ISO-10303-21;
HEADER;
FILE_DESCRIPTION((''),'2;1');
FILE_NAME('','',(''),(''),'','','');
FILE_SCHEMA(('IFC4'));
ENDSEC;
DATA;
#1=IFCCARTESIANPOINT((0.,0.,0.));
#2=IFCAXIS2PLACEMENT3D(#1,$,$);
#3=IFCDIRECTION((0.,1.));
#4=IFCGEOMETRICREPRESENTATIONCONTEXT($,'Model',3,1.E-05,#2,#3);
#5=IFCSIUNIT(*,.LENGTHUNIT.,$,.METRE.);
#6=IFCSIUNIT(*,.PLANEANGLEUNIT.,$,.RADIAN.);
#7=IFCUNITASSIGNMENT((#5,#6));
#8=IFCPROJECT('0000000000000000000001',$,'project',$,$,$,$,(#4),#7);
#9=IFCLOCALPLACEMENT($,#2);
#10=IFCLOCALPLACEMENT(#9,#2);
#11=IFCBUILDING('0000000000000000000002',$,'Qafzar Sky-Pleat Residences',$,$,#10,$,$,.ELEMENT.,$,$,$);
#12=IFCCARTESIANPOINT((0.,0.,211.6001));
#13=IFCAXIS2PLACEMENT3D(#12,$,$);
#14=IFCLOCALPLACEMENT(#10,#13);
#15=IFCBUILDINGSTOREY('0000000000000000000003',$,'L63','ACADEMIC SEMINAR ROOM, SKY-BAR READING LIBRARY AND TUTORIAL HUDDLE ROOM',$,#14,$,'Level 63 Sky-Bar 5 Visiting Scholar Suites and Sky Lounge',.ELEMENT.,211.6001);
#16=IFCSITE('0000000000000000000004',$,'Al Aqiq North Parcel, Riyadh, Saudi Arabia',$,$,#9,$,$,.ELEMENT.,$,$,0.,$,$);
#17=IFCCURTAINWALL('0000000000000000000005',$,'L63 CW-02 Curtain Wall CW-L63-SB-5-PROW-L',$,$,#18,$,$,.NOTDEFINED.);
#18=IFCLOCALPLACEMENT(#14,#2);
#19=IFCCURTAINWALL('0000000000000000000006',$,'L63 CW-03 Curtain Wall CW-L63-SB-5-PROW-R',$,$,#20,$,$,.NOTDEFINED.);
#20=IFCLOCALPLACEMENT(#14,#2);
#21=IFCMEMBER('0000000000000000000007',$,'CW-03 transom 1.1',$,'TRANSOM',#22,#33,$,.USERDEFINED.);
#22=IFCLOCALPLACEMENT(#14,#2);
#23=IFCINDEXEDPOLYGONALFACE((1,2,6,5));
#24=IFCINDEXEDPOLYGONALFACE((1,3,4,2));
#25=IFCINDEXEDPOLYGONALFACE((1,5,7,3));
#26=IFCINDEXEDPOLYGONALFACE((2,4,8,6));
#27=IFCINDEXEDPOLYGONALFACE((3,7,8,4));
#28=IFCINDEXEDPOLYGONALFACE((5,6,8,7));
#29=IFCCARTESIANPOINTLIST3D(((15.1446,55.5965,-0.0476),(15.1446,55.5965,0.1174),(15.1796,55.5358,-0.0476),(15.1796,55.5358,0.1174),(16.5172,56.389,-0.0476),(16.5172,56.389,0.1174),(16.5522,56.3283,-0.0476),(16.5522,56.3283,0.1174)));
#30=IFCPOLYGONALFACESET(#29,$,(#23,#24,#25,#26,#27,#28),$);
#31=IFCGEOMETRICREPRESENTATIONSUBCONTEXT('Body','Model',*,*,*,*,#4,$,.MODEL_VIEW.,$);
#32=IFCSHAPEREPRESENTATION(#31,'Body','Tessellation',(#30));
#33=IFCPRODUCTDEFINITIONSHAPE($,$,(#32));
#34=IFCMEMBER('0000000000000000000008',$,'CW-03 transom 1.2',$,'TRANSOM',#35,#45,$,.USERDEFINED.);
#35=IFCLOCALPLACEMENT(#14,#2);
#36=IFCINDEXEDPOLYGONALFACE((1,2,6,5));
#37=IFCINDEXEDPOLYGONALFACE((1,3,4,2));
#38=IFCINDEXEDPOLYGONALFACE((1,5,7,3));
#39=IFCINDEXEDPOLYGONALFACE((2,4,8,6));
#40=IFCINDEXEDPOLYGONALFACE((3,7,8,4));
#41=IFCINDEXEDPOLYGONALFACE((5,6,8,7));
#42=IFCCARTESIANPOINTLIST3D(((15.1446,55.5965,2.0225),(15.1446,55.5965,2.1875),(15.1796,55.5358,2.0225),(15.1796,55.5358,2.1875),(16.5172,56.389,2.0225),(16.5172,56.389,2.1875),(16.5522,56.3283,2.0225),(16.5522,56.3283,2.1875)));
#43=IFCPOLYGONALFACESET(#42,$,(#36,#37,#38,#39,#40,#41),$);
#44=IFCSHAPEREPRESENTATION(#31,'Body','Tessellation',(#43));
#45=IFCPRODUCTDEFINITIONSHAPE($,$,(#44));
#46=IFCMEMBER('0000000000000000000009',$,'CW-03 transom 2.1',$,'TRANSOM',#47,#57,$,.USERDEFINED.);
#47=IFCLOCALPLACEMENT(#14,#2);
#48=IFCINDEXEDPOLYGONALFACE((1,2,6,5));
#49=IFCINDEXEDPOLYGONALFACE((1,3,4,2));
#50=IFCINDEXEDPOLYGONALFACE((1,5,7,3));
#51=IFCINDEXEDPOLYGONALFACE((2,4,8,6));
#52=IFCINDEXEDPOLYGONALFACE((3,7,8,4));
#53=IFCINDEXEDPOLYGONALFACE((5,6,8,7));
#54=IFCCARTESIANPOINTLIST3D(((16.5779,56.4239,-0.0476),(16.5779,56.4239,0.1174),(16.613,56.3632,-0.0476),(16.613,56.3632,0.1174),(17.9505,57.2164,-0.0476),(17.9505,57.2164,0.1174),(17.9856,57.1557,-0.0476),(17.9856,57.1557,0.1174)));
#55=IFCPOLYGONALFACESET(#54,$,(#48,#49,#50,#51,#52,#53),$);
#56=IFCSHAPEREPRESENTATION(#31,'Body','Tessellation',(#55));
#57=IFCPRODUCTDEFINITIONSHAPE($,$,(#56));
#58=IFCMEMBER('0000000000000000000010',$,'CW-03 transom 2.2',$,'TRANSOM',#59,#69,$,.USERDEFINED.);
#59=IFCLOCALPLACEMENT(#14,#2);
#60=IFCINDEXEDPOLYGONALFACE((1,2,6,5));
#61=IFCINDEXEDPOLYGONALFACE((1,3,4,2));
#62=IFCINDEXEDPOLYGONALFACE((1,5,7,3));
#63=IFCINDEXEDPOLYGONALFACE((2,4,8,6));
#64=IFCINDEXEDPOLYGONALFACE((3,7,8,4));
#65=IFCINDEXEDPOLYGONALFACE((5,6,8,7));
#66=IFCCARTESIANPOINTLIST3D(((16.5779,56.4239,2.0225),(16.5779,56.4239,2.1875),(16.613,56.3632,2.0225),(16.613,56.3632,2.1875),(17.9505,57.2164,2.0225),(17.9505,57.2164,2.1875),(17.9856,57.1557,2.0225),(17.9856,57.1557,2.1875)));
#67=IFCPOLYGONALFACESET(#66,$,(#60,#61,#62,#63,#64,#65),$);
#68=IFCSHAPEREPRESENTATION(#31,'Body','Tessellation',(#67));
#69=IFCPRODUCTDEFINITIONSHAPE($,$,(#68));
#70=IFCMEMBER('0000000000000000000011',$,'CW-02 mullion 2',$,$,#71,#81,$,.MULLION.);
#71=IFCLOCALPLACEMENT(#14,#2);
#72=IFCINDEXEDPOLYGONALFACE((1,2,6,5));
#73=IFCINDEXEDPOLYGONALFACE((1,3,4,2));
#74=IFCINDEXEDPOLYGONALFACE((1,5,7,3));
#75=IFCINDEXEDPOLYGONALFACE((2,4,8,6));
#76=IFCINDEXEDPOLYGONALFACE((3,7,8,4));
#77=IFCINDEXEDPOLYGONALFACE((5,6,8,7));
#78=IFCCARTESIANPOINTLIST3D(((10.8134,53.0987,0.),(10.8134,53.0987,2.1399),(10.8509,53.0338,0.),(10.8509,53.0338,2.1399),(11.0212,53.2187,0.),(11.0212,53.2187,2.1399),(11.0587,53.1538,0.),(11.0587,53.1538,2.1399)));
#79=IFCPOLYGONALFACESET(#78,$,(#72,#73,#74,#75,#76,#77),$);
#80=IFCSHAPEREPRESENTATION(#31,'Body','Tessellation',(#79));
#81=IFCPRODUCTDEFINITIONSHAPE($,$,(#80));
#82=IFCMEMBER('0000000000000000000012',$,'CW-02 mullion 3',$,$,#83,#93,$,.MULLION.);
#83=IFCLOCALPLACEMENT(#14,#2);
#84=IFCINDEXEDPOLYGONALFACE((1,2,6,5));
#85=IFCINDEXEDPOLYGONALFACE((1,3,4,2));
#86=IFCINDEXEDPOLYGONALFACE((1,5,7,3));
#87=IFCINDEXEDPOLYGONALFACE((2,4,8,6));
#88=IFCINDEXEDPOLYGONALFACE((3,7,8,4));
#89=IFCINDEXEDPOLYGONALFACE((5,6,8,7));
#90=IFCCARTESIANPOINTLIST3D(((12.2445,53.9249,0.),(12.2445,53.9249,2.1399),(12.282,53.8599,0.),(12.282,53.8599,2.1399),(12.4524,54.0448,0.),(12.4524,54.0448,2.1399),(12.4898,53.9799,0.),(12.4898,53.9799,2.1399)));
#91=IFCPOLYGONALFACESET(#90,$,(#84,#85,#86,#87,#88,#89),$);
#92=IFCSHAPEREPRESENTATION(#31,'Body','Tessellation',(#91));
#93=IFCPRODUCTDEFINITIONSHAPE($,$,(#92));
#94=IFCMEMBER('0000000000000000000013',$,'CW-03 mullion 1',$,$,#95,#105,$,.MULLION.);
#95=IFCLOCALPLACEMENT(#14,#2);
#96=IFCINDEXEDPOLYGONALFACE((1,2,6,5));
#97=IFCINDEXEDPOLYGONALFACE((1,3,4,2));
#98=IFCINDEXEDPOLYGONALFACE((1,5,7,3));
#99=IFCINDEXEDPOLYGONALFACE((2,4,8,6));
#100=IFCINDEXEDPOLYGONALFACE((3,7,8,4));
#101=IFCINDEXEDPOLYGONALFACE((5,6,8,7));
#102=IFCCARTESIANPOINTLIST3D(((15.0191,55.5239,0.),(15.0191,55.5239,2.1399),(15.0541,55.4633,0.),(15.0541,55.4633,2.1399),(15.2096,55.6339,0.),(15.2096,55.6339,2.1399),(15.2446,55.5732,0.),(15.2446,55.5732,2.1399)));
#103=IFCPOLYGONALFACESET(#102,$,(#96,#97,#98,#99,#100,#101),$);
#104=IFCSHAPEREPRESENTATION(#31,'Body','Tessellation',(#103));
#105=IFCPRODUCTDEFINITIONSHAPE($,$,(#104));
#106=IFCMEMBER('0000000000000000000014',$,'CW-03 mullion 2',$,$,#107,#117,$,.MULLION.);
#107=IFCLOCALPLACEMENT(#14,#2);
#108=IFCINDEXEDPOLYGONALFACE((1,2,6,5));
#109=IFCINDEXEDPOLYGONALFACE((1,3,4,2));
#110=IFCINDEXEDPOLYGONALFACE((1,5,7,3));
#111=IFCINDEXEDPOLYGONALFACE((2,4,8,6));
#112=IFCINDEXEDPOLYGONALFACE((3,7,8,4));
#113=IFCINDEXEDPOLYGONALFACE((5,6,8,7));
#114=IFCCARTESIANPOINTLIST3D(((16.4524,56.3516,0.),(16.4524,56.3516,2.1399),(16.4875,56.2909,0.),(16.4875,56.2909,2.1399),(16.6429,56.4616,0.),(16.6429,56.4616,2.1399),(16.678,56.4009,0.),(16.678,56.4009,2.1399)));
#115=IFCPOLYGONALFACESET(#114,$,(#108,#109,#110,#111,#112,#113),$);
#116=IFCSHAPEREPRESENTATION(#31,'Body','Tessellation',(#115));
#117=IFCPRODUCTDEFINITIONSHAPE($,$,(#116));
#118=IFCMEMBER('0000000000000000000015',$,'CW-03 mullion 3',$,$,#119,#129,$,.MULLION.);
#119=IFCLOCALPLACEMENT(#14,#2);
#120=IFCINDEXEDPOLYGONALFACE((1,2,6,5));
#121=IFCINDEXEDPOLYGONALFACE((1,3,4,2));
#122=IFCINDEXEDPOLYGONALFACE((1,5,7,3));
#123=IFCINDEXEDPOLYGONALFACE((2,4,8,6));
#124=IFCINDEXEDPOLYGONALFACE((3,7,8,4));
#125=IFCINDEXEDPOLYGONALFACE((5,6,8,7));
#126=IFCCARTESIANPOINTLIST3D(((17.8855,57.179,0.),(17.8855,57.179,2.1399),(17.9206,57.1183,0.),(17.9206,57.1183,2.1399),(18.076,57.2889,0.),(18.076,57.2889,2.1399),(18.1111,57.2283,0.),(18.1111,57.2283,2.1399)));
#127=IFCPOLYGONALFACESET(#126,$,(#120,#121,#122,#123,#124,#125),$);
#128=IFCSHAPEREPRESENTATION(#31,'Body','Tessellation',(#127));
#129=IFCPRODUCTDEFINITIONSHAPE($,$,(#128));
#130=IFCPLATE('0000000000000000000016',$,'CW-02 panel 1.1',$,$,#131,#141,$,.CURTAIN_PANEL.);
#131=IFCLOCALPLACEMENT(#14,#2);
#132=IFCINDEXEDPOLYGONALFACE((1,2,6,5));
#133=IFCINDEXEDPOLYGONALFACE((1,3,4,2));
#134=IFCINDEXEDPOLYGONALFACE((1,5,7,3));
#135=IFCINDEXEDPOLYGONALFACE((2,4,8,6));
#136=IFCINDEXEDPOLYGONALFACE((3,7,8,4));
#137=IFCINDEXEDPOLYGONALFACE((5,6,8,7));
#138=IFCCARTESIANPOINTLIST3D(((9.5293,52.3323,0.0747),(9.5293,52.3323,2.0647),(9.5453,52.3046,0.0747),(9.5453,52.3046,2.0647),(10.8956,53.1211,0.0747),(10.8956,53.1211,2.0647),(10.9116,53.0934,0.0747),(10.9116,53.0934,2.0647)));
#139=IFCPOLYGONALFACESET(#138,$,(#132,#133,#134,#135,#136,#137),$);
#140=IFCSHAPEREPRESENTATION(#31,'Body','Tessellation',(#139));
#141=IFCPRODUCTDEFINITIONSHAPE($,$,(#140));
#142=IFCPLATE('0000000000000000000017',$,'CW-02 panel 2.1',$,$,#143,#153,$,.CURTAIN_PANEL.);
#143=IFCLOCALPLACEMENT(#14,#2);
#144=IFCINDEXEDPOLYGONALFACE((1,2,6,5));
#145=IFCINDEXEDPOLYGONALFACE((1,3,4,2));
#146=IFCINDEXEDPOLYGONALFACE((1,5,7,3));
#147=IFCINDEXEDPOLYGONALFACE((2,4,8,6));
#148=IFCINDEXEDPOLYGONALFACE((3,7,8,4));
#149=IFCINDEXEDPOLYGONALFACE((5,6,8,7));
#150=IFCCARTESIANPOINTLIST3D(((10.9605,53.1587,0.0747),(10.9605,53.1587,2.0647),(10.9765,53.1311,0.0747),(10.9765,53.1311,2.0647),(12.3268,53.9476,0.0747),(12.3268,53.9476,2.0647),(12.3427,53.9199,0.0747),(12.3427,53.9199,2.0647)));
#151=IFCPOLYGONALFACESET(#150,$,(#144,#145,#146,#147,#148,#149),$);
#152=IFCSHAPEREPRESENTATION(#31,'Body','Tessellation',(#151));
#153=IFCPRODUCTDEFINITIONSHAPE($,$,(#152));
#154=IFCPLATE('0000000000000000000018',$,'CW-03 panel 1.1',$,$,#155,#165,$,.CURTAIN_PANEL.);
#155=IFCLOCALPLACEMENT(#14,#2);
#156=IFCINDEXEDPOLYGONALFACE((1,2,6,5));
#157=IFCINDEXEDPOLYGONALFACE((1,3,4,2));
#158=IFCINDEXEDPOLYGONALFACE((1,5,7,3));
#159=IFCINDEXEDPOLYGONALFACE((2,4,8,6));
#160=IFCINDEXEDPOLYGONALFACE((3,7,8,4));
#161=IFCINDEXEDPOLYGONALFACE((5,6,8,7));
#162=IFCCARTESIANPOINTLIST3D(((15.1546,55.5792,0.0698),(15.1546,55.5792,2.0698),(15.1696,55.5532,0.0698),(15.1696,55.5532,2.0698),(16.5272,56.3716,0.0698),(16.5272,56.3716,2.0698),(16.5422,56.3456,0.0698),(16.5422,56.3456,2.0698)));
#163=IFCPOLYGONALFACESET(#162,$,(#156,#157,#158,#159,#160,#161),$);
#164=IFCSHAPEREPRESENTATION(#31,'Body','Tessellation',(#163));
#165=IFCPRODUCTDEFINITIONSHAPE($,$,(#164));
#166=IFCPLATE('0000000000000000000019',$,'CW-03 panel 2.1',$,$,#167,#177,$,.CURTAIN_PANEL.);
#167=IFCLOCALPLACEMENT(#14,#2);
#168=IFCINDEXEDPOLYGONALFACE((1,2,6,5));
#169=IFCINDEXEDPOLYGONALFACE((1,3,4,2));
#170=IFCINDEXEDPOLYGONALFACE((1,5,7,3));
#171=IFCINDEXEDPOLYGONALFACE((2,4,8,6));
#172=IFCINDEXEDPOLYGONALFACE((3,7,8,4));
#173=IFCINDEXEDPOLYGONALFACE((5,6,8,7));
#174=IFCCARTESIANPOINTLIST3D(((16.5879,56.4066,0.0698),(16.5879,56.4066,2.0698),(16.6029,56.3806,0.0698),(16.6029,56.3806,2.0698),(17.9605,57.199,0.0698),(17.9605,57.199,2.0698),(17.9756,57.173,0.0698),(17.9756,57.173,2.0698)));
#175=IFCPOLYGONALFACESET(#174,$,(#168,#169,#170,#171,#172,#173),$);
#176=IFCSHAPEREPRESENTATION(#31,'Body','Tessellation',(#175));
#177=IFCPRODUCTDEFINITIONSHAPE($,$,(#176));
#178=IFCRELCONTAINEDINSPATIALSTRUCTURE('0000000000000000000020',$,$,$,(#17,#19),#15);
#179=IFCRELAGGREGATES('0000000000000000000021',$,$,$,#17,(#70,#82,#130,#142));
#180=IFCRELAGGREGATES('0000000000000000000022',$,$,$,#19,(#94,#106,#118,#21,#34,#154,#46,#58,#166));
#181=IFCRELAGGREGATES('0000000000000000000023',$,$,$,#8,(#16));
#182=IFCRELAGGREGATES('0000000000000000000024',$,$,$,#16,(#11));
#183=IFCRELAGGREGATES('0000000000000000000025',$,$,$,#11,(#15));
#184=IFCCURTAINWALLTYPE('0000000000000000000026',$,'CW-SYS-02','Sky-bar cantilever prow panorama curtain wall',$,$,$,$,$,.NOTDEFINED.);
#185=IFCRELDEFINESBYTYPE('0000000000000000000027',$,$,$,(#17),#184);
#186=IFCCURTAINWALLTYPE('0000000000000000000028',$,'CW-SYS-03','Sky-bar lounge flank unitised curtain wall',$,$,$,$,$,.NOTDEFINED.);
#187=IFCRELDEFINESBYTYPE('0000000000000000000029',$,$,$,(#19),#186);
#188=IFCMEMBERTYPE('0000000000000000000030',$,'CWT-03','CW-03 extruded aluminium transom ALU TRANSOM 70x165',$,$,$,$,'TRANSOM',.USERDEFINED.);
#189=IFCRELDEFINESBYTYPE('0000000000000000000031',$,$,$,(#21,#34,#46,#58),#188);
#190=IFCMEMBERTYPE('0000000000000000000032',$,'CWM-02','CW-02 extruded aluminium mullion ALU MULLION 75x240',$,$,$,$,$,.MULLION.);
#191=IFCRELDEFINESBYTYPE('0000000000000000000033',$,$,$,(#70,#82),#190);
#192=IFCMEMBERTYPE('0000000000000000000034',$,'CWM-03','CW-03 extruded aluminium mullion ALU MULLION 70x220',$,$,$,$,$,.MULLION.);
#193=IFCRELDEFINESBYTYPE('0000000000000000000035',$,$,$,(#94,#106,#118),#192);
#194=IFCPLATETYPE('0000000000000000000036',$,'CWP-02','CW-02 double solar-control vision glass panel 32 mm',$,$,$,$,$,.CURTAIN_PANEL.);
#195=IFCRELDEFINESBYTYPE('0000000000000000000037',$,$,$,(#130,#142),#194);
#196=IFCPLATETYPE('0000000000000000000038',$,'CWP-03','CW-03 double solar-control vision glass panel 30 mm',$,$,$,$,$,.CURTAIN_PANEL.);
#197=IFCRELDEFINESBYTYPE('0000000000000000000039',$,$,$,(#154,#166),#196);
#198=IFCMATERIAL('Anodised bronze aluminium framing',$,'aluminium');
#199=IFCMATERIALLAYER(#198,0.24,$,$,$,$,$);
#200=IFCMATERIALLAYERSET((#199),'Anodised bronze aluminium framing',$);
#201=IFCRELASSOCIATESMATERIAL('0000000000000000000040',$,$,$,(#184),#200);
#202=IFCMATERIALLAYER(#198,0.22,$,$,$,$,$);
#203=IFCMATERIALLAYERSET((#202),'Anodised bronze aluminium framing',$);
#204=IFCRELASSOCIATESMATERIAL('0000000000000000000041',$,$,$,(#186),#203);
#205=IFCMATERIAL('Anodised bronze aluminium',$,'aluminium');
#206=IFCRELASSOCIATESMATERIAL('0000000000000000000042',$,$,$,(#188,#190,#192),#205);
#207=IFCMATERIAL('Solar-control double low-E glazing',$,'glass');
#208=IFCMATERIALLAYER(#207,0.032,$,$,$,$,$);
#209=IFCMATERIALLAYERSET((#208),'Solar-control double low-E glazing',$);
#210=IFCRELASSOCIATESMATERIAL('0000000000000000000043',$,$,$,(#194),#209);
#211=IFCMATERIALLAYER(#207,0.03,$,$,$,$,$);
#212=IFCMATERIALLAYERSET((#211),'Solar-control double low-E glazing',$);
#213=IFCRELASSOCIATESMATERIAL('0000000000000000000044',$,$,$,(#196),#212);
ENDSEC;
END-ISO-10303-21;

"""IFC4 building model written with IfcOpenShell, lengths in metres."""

from ifc_helpers import new_model, si_unit, direction, frame, origin, origin_2d, place, context, subcontext, project, spatial, rectangle, extrude, source, transform, mapped, material, layer, layer_set, material_profile, profile_set, type_object, element, aggregate, save


model = new_model("IFC4")

# Units and contexts
model_context = context("Model", 3, precision=1e-05, world=origin(), true_north=direction((0.0, 1.0)))
body_context = subcontext(model_context, "Body", "Model", "MODEL_VIEW")
ifc_project = project(units=[si_unit("LENGTHUNIT", "METRE"), si_unit("PLANEANGLEUNIT", "RADIAN")], contexts=[model_context])

# Site, building, storey
site_placement = place(None, origin())
site = spatial("IfcSite", under=ifc_project, at=site_placement, Name="Al Aqiq North Parcel, Riyadh, Saudi Arabia", CompositionType="ELEMENT", RefElevation=0.0)
building_placement = place(site_placement, origin())
building = spatial("IfcBuilding", under=site, at=building_placement, Name="Qafzar Sky-Pleat Residences", CompositionType="ELEMENT")
storey_placement = place(building_placement, frame((0.0, 0.0, 211.6001)))
storey = spatial("IfcBuildingStorey", under=building, at=storey_placement, Name="L63", Description="ACADEMIC SEMINAR ROOM, SKY-BAR READING LIBRARY AND TUTORIAL HUDDLE ROOM", LongName="Level 63 Sky-Bar 5 Visiting Scholar Suites and Sky Lounge", CompositionType="ELEMENT", Elevation=211.6001)

# Curtain walls, members
ifc_material_1 = material(Name="Anodised bronze aluminium framing", Category="aluminium")
ifc_layer_1 = layer(ifc_material_1, 0.24)
ifc_layer_set_1 = layer_set([ifc_layer_1], Name="Anodised bronze aluminium framing")
curtain_wall_type_1 = type_object("IfcCurtainWallType", Name="CW-SYS-02", Description="Sky-bar cantilever prow panorama curtain wall", PredefinedType="NOTDEFINED", material=ifc_layer_set_1)
curtain_wall_1_placement = place(storey_placement, origin())
curtain_wall_1 = element("IfcCurtainWall", 1, at=curtain_wall_1_placement, inside=storey, type_object=curtain_wall_type_1, Name="L63 CW-02 Curtain Wall CW-L63-SB-5-PROW-L", PredefinedType="NOTDEFINED")
ifc_material_2 = material(Name="Anodised bronze aluminium", Category="aluminium")
ifc_layer_2 = layer(ifc_material_1, 0.22)
ifc_layer_set_2 = layer_set([ifc_layer_2], Name="Anodised bronze aluminium framing")
curtain_wall_type_2 = type_object("IfcCurtainWallType", Name="CW-SYS-03", Description="Sky-bar lounge flank unitised curtain wall", PredefinedType="NOTDEFINED", material=ifc_layer_set_2)
curtain_wall_2_placement = place(storey_placement, origin())
curtain_wall_2 = element("IfcCurtainWall", 2, at=curtain_wall_2_placement, inside=storey, type_object=curtain_wall_type_2, Name="L63 CW-03 Curtain Wall CW-L63-SB-5-PROW-R", PredefinedType="NOTDEFINED")
ifc_material_profile_1 = material_profile(ifc_material_2, rectangle(XDim=0.0701, YDim=0.165, at=origin_2d()), Name="ALU TRANSOM 70x165")
ifc_profile_set_1 = profile_set([ifc_material_profile_1], Name="Anodised bronze aluminium")
member_type_1 = type_object("IfcMemberType", Name="CWT-03", Description="CW-03 extruded aluminium transom ALU TRANSOM 70x165", ElementType="TRANSOM", PredefinedType="USERDEFINED", material=ifc_profile_set_1)
shared_shape_1 = source(origin(), body_context, "Body", "SweptSolid", [
    extrude(rectangle(XDim=0.0701, YDim=0.165, at=origin_2d()), origin(), (0.0, 0.0, 1.0), 1.585),
])
member_1_placement = place(storey_placement, frame((15.1621, 55.5662, 0.0349), z_axis=(0.866016, 0.500016, 0.0), x_axis=(-0.500016, 0.866016, 0.0)))
member_1 = element("IfcMember", 3, at=member_1_placement, type_object=member_type_1, Name="CW-03 transom 1.1", ObjectType="TRANSOM", PredefinedType="USERDEFINED", context=body_context, shape_type="MappedRepresentation", body=[
    mapped(shared_shape_1, transform((0.0, 0.0, 0.0), x_axis=(1.0, 0.0, 0.0), y_axis=(0.0, 1.0, 0.0), z_axis=(0.0, 0.0, 1.0), scale=1.0)),
])
member_2_placement = place(storey_placement, frame((15.1621, 55.5662, 2.105), z_axis=(0.866016, 0.500016, 0.0), x_axis=(-0.500016, 0.866016, 0.0)))
member_2 = element("IfcMember", 4, at=member_2_placement, type_object=member_type_1, Name="CW-03 transom 1.2", ObjectType="TRANSOM", PredefinedType="USERDEFINED", context=body_context, shape_type="MappedRepresentation", body=[
    mapped(shared_shape_1, transform((0.0, 0.0, 0.0), x_axis=(1.0, 0.0, 0.0), y_axis=(0.0, 1.0, 0.0), z_axis=(0.0, 0.0, 1.0), scale=1.0)),
])
member_3_placement = place(storey_placement, frame((16.5955, 56.3936, 0.0349), z_axis=(0.866016, 0.500016, 0.0), x_axis=(-0.500016, 0.866016, 0.0)))
member_3 = element("IfcMember", 5, at=member_3_placement, type_object=member_type_1, Name="CW-03 transom 2.1", ObjectType="TRANSOM", PredefinedType="USERDEFINED", context=body_context, shape_type="MappedRepresentation", body=[
    mapped(shared_shape_1, transform((0.0, 0.0, 0.0), x_axis=(1.0, 0.0, 0.0), y_axis=(0.0, 1.0, 0.0), z_axis=(0.0, 0.0, 1.0), scale=1.0)),
])
member_4_placement = place(storey_placement, frame((16.5955, 56.3936, 2.105), z_axis=(0.866016, 0.500016, 0.0), x_axis=(-0.500016, 0.866016, 0.0)))
member_4 = element("IfcMember", 6, at=member_4_placement, type_object=member_type_1, Name="CW-03 transom 2.2", ObjectType="TRANSOM", PredefinedType="USERDEFINED", context=body_context, shape_type="MappedRepresentation", body=[
    mapped(shared_shape_1, transform((0.0, 0.0, 0.0), x_axis=(1.0, 0.0, 0.0), y_axis=(0.0, 1.0, 0.0), z_axis=(0.0, 0.0, 1.0), scale=1.0)),
])

# Members
ifc_material_profile_2 = material_profile(ifc_material_2, rectangle(XDim=0.075, YDim=0.24, at=origin_2d()), Name="ALU MULLION 75x240")
ifc_profile_set_2 = profile_set([ifc_material_profile_2], Name="Anodised bronze aluminium")
member_type_2 = type_object("IfcMemberType", Name="CWM-02", Description="CW-02 extruded aluminium mullion ALU MULLION 75x240", PredefinedType="MULLION", material=ifc_profile_set_2)
shared_shape_2 = source(origin(), body_context, "Body", "SweptSolid", [
    extrude(rectangle(XDim=0.075, YDim=0.24, at=origin_2d()), origin(), (0.0, 0.0, 1.0), 2.1399),
])
member_5_placement = place(storey_placement, frame((10.936, 53.1262, 0.0), z_axis=(0.0, 0.0, 1.0), x_axis=(-0.499996, 0.866028, 0.0)))
member_5 = element("IfcMember", 7, at=member_5_placement, type_object=member_type_2, Name="CW-02 mullion 2", PredefinedType="MULLION", context=body_context, shape_type="MappedRepresentation", body=[
    mapped(shared_shape_2, transform((0.0, 0.0, 0.0), x_axis=(1.0, 0.0, 0.0), y_axis=(0.0, 1.0, 0.0), z_axis=(0.0, 0.0, 1.0), scale=1.0)),
])
member_6_placement = place(storey_placement, frame((12.3672, 53.9524, 0.0), z_axis=(0.0, 0.0, 1.0), x_axis=(-0.499996, 0.866028, 0.0)))
member_6 = element("IfcMember", 8, at=member_6_placement, type_object=member_type_2, Name="CW-02 mullion 3", PredefinedType="MULLION", context=body_context, shape_type="MappedRepresentation", body=[
    mapped(shared_shape_2, transform((0.0, 0.0, 0.0), x_axis=(1.0, 0.0, 0.0), y_axis=(0.0, 1.0, 0.0), z_axis=(0.0, 0.0, 1.0), scale=1.0)),
])
ifc_material_profile_3 = material_profile(ifc_material_2, rectangle(XDim=0.0701, YDim=0.22, at=origin_2d()), Name="ALU MULLION 70x220")
ifc_profile_set_3 = profile_set([ifc_material_profile_3], Name="Anodised bronze aluminium")
member_type_3 = type_object("IfcMemberType", Name="CWM-03", Description="CW-03 extruded aluminium mullion ALU MULLION 70x220", PredefinedType="MULLION", material=ifc_profile_set_3)
shared_shape_3 = source(origin(), body_context, "Body", "SweptSolid", [
    extrude(rectangle(XDim=0.0701, YDim=0.22, at=origin_2d()), origin(), (0.0, 0.0, 1.0), 2.1399),
])
member_7_placement = place(storey_placement, frame((15.1318, 55.5486, 0.0), z_axis=(0.0, 0.0, 1.0), x_axis=(-0.499996, 0.866028, 0.0)))
member_7 = element("IfcMember", 9, at=member_7_placement, type_object=member_type_3, Name="CW-03 mullion 1", PredefinedType="MULLION", context=body_context, shape_type="MappedRepresentation", body=[
    mapped(shared_shape_3, transform((0.0, 0.0, 0.0), x_axis=(1.0, 0.0, 0.0), y_axis=(0.0, 1.0, 0.0), z_axis=(0.0, 0.0, 1.0), scale=1.0)),
])
member_8_placement = place(storey_placement, frame((16.5652, 56.3762, 0.0), z_axis=(0.0, 0.0, 1.0), x_axis=(-0.499996, 0.866028, 0.0)))
member_8 = element("IfcMember", 10, at=member_8_placement, type_object=member_type_3, Name="CW-03 mullion 2", PredefinedType="MULLION", context=body_context, shape_type="MappedRepresentation", body=[
    mapped(shared_shape_3, transform((0.0, 0.0, 0.0), x_axis=(1.0, 0.0, 0.0), y_axis=(0.0, 1.0, 0.0), z_axis=(0.0, 0.0, 1.0), scale=1.0)),
])
member_9_placement = place(storey_placement, frame((17.9983, 57.2036, 0.0), z_axis=(0.0, 0.0, 1.0), x_axis=(-0.499996, 0.866028, 0.0)))
member_9 = element("IfcMember", 11, at=member_9_placement, type_object=member_type_3, Name="CW-03 mullion 3", PredefinedType="MULLION", context=body_context, shape_type="MappedRepresentation", body=[
    mapped(shared_shape_3, transform((0.0, 0.0, 0.0), x_axis=(1.0, 0.0, 0.0), y_axis=(0.0, 1.0, 0.0), z_axis=(0.0, 0.0, 1.0), scale=1.0)),
])

# Plates
ifc_material_3 = material(Name="Solar-control double low-E glazing", Category="glass")
ifc_layer_3 = layer(ifc_material_3, 0.032)
ifc_layer_set_3 = layer_set([ifc_layer_3], Name="Solar-control double low-E glazing")
plate_type_1 = type_object("IfcPlateType", Name="CWP-02", Description="CW-02 double solar-control vision glass panel 32 mm", PredefinedType="CURTAIN_PANEL", material=ifc_layer_set_3)
shared_shape_4 = source(origin(), body_context, "Body", "SweptSolid", [
    extrude(rectangle(XDim=1.5776, YDim=0.032, at=origin_2d()), origin(), (0.0, 0.0, 1.0), 1.99),
])
plate_1_placement = place(storey_placement, frame((10.2205, 52.7129, 0.0747), z_axis=(0.0, 0.0, 1.0), x_axis=(0.866028, 0.499996, 0.0)))
plate_1 = element("IfcPlate", 12, at=plate_1_placement, type_object=plate_type_1, Name="CW-02 panel 1.1", PredefinedType="CURTAIN_PANEL", context=body_context, shape_type="MappedRepresentation", body=[
    mapped(shared_shape_4, transform((0.0, 0.0, 0.0), x_axis=(1.0, 0.0, 0.0), y_axis=(0.0, 1.0, 0.0), z_axis=(0.0, 0.0, 1.0), scale=1.0)),
])
plate_2_placement = place(storey_placement, frame((11.6516, 53.5393, 0.0747), z_axis=(0.0, 0.0, 1.0), x_axis=(0.866028, 0.499996, 0.0)))
plate_2 = element("IfcPlate", 13, at=plate_2_placement, type_object=plate_type_1, Name="CW-02 panel 2.1", PredefinedType="CURTAIN_PANEL", context=body_context, shape_type="MappedRepresentation", body=[
    mapped(shared_shape_4, transform((0.0, 0.0, 0.0), x_axis=(1.0, 0.0, 0.0), y_axis=(0.0, 1.0, 0.0), z_axis=(0.0, 0.0, 1.0), scale=1.0)),
])
aggregate(curtain_wall_1, [member_5, member_6, plate_1, plate_2])
ifc_layer_4 = layer(ifc_material_3, 0.03)
ifc_layer_set_4 = layer_set([ifc_layer_4], Name="Solar-control double low-E glazing")
plate_type_2 = type_object("IfcPlateType", Name="CWP-03", Description="CW-03 double solar-control vision glass panel 30 mm", PredefinedType="CURTAIN_PANEL", material=ifc_layer_set_4)
shared_shape_5 = source(origin(), body_context, "Body", "SweptSolid", [
    extrude(rectangle(XDim=1.585, YDim=0.03, at=origin_2d()), origin(), (0.0, 0.0, 1.0), 2.0),
])
plate_3_placement = place(storey_placement, frame((15.8484, 55.9624, 0.0698), z_axis=(0.0, 0.0, 1.0), x_axis=(0.866028, 0.499996, 0.0)))
plate_3 = element("IfcPlate", 14, at=plate_3_placement, type_object=plate_type_2, Name="CW-03 panel 1.1", PredefinedType="CURTAIN_PANEL", context=body_context, shape_type="MappedRepresentation", body=[
    mapped(shared_shape_5, transform((0.0, 0.0, 0.0), x_axis=(1.0, 0.0, 0.0), y_axis=(0.0, 1.0, 0.0), z_axis=(0.0, 0.0, 1.0), scale=1.0)),
])
plate_4_placement = place(storey_placement, frame((17.2817, 56.7898, 0.0698), z_axis=(0.0, 0.0, 1.0), x_axis=(0.866028, 0.499996, 0.0)))
plate_4 = element("IfcPlate", 15, at=plate_4_placement, type_object=plate_type_2, Name="CW-03 panel 2.1", PredefinedType="CURTAIN_PANEL", context=body_context, shape_type="MappedRepresentation", body=[
    mapped(shared_shape_5, transform((0.0, 0.0, 0.0), x_axis=(1.0, 0.0, 0.0), y_axis=(0.0, 1.0, 0.0), z_axis=(0.0, 0.0, 1.0), scale=1.0)),
])
aggregate(curtain_wall_2, [member_7, member_8, member_9, member_1, member_2, plate_3, member_3, member_4, plate_4])

save(model, "model.ifc")
